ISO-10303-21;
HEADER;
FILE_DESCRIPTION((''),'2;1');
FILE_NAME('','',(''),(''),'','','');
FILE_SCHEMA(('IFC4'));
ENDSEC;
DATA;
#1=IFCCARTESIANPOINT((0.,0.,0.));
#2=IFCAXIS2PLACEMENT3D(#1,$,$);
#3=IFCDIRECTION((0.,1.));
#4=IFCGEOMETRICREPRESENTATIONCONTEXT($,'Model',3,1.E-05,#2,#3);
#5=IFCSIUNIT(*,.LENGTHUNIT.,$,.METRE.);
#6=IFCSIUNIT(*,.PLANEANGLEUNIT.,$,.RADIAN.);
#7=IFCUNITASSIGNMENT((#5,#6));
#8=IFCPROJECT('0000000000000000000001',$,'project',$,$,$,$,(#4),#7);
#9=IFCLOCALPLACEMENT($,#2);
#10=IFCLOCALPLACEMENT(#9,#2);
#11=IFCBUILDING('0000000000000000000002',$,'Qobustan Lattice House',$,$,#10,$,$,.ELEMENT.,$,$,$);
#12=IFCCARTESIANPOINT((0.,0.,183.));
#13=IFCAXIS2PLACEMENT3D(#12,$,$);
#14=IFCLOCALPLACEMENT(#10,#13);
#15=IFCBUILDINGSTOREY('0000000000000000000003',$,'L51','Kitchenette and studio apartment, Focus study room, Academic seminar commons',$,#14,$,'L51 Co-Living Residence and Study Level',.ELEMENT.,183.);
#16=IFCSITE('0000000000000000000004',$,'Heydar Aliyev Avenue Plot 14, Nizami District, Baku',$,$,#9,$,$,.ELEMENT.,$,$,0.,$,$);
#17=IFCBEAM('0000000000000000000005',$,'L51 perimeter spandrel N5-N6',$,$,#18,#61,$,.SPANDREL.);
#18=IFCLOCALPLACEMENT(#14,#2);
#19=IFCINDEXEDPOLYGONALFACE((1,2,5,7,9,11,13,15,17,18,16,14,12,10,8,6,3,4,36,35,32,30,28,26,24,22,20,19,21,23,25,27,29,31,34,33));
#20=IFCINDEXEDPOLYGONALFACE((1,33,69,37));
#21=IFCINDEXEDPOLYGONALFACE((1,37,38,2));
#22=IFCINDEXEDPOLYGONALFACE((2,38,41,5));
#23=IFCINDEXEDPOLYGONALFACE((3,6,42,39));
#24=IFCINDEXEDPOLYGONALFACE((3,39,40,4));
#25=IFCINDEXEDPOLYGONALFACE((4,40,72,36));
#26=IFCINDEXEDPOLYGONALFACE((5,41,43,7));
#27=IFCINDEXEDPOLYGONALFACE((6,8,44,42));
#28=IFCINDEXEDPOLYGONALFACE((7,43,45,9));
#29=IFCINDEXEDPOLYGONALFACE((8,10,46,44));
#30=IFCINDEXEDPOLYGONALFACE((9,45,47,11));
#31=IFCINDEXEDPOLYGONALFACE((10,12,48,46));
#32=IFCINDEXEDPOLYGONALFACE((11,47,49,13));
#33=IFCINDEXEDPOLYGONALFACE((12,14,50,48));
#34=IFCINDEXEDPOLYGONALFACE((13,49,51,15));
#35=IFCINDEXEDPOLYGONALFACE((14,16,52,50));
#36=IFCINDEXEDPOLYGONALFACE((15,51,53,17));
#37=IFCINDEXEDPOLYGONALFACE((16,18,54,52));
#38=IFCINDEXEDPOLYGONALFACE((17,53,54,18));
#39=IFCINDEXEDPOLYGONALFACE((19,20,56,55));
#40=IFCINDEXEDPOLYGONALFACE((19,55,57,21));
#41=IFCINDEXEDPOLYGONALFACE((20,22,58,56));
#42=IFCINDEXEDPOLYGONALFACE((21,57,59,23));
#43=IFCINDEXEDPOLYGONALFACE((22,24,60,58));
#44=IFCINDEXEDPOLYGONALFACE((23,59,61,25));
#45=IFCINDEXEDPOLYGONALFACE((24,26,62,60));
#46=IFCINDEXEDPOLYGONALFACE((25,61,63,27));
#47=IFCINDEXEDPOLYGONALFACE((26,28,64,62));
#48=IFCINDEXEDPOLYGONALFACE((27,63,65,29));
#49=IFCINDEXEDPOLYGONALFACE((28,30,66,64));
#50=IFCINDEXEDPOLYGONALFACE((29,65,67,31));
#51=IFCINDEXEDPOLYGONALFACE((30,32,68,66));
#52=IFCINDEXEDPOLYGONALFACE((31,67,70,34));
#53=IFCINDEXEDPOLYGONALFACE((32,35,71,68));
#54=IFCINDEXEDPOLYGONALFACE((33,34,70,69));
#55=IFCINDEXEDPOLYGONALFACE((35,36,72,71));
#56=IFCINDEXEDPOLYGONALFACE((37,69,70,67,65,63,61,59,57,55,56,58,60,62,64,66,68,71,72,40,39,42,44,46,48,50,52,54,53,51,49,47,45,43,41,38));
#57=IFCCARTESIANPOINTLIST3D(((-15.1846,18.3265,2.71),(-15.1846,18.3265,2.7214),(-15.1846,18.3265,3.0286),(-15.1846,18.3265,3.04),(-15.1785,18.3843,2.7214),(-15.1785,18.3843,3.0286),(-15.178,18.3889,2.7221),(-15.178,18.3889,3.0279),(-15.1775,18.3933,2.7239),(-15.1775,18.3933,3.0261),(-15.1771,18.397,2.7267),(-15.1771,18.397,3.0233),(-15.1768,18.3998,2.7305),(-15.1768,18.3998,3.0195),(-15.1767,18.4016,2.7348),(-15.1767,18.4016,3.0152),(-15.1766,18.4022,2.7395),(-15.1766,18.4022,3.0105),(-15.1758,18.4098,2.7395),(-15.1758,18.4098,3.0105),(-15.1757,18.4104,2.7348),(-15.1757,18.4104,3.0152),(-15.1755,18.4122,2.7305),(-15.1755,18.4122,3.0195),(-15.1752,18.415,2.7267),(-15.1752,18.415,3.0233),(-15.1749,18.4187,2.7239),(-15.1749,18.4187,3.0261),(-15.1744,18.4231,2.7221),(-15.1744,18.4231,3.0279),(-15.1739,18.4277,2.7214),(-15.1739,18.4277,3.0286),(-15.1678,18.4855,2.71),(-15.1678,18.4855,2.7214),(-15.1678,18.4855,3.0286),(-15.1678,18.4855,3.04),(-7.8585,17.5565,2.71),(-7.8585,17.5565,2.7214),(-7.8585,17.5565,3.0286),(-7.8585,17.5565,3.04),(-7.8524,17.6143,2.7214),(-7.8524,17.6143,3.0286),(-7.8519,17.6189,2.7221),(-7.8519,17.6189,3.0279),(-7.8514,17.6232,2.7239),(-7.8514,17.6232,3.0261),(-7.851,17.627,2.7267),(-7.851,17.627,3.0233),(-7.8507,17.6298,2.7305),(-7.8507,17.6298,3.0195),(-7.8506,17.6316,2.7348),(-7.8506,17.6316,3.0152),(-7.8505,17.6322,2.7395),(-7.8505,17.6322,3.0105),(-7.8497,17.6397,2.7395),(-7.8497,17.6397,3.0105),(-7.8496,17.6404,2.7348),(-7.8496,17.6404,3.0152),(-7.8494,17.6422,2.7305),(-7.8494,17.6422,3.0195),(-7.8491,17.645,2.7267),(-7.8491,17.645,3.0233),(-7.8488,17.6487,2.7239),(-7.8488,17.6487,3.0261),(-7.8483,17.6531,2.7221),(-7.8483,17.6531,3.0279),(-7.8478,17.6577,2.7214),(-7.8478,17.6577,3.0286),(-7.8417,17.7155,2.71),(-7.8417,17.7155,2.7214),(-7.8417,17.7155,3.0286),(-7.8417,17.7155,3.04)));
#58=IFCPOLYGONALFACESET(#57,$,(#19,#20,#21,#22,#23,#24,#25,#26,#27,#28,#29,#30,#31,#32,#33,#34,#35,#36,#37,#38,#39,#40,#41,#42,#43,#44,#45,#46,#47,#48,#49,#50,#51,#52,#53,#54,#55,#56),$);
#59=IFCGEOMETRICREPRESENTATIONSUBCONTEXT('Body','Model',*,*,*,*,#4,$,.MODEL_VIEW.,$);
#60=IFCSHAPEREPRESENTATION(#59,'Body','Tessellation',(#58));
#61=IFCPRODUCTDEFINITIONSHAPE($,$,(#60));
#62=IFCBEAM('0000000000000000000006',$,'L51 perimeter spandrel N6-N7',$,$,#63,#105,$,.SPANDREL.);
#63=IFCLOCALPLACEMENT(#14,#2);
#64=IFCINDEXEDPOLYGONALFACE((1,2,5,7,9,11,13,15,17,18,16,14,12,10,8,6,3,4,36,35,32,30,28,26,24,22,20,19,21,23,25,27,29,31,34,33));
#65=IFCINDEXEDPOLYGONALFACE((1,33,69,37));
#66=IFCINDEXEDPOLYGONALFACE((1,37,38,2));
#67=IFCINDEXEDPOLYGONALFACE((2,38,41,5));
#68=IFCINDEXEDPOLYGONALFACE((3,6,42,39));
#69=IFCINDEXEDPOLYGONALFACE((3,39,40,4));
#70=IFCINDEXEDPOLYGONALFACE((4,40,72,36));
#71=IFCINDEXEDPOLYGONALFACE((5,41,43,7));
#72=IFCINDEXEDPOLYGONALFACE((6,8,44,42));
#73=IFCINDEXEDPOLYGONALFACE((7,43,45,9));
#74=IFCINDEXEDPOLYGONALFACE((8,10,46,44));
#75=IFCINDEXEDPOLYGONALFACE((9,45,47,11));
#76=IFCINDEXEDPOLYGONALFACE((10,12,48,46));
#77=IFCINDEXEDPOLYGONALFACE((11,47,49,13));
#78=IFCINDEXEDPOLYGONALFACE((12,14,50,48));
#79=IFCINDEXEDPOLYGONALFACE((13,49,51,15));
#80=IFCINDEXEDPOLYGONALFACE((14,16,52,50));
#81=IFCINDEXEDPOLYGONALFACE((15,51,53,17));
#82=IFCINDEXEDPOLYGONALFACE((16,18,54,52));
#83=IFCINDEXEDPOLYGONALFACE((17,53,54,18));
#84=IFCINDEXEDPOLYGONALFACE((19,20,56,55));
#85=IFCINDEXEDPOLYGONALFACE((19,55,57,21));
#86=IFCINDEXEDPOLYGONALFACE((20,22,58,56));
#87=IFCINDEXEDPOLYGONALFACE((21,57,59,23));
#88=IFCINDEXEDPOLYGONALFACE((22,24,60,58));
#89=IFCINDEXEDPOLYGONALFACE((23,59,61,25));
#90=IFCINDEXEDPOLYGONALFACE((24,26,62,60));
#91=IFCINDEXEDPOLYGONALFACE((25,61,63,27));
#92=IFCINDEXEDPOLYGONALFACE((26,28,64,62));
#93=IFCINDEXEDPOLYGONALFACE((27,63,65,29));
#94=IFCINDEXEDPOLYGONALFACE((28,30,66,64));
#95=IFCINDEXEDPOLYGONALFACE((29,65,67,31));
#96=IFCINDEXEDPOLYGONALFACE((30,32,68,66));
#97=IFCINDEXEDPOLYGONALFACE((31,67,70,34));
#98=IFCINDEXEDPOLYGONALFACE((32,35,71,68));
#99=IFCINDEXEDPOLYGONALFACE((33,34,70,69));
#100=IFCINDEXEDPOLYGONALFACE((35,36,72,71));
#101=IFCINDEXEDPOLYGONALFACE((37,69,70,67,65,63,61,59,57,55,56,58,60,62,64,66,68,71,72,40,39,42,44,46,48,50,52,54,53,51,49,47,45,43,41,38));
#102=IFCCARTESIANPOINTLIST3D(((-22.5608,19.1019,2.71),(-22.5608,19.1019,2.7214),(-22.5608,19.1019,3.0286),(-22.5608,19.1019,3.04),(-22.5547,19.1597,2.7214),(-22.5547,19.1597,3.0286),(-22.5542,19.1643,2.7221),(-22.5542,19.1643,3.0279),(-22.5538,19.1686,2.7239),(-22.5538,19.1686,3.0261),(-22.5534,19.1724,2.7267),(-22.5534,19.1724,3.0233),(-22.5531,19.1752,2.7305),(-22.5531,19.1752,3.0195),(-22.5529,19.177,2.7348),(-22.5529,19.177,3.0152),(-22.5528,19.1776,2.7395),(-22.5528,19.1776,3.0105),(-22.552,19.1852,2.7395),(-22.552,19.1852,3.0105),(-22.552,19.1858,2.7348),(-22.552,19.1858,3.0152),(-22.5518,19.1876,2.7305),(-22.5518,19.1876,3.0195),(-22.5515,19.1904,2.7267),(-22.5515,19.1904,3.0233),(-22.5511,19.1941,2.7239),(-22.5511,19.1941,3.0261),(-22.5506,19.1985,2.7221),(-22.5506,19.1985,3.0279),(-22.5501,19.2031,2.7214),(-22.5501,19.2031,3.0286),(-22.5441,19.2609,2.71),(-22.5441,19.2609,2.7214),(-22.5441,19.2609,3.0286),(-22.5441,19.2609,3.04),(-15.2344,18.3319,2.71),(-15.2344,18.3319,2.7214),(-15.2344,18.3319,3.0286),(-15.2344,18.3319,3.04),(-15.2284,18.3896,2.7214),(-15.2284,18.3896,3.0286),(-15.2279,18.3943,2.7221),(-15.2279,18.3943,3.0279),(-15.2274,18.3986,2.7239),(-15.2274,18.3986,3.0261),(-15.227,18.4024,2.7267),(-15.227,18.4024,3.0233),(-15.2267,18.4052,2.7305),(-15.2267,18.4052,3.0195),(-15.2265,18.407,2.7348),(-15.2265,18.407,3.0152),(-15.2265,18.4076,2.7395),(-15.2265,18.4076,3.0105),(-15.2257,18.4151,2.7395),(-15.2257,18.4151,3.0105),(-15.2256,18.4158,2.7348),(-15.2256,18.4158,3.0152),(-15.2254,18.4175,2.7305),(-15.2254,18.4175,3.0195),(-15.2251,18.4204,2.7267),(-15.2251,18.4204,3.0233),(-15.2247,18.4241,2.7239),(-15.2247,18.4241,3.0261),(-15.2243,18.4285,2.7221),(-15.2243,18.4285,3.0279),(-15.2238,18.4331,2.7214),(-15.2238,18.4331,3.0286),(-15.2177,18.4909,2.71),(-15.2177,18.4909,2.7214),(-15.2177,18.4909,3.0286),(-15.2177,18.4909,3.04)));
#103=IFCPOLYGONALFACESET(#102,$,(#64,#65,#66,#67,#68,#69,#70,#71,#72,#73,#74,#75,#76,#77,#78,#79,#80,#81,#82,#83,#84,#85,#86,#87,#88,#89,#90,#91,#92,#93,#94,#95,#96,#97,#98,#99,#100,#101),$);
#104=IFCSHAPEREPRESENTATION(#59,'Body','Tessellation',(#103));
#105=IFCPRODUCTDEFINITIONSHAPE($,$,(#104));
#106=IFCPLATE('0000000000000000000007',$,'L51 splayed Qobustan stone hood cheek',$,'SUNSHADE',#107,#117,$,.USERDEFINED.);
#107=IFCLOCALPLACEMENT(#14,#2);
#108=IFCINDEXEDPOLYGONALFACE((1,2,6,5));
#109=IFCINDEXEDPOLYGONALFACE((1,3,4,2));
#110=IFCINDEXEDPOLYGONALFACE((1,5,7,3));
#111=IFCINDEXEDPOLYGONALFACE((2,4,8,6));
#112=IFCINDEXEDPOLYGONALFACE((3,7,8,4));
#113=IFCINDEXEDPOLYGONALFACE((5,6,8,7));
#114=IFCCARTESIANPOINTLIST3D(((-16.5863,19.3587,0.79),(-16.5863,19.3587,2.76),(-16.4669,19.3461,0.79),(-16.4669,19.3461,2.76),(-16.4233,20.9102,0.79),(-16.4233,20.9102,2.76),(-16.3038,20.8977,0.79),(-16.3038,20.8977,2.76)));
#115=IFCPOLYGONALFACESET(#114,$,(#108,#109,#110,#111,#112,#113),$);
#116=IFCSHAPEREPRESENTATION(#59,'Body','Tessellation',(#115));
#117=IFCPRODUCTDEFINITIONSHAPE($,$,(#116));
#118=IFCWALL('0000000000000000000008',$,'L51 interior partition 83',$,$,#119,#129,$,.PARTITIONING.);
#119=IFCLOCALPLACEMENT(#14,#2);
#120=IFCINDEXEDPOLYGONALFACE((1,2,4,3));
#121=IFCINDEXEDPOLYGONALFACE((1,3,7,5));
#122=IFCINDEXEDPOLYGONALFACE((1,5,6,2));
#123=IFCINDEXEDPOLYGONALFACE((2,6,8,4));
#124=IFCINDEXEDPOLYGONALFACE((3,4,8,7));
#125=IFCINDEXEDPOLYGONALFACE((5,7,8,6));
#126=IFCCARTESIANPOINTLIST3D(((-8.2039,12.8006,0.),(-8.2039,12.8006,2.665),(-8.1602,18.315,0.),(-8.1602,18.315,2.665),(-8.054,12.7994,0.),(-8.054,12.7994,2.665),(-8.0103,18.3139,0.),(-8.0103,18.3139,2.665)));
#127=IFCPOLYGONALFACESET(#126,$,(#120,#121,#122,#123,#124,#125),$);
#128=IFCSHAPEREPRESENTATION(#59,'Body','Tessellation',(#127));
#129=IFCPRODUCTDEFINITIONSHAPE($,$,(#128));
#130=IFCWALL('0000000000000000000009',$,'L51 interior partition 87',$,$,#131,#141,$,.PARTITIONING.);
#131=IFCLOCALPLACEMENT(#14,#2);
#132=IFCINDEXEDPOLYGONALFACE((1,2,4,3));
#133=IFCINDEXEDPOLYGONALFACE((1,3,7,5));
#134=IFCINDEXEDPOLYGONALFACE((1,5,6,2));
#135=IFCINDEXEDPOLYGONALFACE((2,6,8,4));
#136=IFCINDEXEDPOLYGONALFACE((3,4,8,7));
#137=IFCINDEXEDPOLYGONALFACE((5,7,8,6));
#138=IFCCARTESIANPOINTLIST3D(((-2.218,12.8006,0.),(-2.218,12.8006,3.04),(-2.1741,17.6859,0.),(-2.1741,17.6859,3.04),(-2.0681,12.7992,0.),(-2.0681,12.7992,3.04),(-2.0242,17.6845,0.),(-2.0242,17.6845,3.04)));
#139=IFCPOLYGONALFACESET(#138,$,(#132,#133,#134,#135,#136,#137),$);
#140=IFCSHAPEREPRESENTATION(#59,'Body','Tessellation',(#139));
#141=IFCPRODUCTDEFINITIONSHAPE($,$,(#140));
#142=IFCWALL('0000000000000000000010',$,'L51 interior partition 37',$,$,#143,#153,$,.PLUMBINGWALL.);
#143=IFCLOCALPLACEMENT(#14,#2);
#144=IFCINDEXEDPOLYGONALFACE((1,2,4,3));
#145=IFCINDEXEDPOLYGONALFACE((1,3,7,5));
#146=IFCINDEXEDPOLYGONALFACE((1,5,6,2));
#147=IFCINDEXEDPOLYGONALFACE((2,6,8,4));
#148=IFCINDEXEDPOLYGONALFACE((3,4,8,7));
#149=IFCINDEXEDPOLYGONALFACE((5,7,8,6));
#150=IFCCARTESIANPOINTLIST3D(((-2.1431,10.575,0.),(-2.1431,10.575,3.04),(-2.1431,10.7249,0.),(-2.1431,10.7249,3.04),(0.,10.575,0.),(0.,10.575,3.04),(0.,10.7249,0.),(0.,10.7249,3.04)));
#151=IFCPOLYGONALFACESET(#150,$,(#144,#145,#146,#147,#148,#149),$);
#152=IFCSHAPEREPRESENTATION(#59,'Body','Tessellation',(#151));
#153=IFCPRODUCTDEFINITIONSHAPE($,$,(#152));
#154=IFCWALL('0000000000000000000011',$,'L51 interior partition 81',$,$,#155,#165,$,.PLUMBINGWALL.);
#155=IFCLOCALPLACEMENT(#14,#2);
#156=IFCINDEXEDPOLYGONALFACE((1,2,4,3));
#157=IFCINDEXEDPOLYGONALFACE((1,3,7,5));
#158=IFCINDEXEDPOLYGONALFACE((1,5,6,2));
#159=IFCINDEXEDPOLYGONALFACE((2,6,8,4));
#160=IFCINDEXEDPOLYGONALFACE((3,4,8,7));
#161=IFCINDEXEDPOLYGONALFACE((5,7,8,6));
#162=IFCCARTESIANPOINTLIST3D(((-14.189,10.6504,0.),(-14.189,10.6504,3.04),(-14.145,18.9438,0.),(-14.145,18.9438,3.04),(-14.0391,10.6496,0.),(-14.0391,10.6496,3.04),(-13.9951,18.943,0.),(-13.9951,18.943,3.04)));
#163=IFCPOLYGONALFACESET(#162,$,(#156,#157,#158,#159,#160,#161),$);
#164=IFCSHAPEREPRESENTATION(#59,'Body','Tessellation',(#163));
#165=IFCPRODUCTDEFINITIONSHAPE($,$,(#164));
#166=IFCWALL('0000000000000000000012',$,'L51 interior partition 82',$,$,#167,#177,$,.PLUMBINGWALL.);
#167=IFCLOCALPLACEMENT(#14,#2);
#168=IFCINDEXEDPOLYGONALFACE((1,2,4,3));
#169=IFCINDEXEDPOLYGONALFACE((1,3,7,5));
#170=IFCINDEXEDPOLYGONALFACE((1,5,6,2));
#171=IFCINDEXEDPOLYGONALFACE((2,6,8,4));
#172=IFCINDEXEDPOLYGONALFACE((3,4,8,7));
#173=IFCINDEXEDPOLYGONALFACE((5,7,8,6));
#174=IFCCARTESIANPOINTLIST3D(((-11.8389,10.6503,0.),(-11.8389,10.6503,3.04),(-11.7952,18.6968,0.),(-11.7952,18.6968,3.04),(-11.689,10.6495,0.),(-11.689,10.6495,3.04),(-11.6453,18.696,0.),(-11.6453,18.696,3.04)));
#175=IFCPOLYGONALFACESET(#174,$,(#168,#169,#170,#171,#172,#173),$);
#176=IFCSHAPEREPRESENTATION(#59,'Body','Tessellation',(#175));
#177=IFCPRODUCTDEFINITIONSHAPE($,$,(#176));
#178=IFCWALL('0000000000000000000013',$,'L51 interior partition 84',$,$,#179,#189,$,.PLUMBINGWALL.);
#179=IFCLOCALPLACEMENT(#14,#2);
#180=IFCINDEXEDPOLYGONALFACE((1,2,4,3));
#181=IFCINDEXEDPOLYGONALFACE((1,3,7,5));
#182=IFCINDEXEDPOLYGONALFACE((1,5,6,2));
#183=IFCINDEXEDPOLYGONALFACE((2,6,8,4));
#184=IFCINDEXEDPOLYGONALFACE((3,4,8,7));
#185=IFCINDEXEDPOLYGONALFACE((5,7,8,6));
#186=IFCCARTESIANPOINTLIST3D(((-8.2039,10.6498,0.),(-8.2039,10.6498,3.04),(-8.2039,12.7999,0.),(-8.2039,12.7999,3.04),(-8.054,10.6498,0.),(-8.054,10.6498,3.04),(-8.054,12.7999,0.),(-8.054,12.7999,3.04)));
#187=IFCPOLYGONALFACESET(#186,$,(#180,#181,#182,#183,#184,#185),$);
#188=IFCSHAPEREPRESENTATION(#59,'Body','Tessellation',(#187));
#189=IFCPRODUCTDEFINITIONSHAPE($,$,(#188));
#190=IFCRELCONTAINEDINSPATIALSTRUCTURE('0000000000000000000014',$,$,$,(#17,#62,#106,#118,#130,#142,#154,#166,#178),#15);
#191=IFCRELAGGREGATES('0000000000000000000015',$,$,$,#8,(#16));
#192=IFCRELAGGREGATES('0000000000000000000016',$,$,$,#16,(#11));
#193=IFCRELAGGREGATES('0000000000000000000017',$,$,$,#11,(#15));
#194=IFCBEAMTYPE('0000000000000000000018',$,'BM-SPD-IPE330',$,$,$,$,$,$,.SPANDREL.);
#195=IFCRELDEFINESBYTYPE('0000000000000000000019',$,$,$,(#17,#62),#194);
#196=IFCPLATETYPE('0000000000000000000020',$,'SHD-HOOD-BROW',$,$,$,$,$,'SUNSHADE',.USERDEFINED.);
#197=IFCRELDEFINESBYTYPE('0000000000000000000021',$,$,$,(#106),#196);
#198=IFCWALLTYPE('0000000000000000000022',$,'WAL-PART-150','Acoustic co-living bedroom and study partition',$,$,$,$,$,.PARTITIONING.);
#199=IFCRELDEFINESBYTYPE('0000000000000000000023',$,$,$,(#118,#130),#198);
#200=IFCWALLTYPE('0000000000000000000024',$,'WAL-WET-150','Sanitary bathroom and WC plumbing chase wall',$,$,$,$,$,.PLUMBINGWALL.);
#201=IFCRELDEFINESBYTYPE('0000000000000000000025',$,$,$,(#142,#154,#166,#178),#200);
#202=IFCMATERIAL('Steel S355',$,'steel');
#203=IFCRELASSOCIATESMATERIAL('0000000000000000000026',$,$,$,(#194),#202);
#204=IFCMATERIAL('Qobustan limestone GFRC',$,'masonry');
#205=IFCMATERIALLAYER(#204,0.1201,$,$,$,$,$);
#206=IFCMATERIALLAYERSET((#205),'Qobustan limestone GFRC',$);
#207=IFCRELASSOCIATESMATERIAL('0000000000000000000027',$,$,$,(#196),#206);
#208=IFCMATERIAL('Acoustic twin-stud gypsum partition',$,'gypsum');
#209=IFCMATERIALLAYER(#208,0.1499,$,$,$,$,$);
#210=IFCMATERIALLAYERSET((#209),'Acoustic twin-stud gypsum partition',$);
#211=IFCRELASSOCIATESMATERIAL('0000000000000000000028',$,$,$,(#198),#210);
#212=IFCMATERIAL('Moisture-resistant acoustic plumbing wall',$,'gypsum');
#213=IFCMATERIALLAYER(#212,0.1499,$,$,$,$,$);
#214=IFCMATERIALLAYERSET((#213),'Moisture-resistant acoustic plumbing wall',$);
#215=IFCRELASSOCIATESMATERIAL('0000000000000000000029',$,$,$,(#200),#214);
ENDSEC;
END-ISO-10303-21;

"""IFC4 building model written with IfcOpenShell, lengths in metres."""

from ifc_helpers import new_model, si_unit, direction, frame, frame_2d, origin, origin_2d, place, context, subcontext, project, spatial, rectangle, i_section, extrude, material, layer, layer_set, material_profile, profile_set, type_object, element, save


model = new_model("IFC4")

# Units and contexts
model_context = context("Model", 3, precision=1e-05, world=origin(), true_north=direction((0.0, 1.0)))
body_context = subcontext(model_context, "Body", "Model", "MODEL_VIEW")
ifc_project = project(units=[si_unit("LENGTHUNIT", "METRE"), si_unit("PLANEANGLEUNIT", "RADIAN")], contexts=[model_context])

# Site, building, storey
site_placement = place(None, origin())
site = spatial("IfcSite", under=ifc_project, at=site_placement, Name="Heydar Aliyev Avenue Plot 14, Nizami District, Baku", CompositionType="ELEMENT", RefElevation=0.0)
building_placement = place(site_placement, origin())
building = spatial("IfcBuilding", under=site, at=building_placement, Name="Qobustan Lattice House", CompositionType="ELEMENT")
storey_placement = place(building_placement, frame((0.0, 0.0, 183.0)))
storey = spatial("IfcBuildingStorey", under=building, at=storey_placement, Name="L51", Description="Kitchenette and studio apartment, Focus study room, Academic seminar commons", LongName="L51 Co-Living Residence and Study Level", CompositionType="ELEMENT", Elevation=183.0)

# Beams
ifc_material_1 = material(Name="Steel S355", Category="steel")
ifc_material_profile_1 = material_profile(ifc_material_1, i_section(OverallWidth=0.1599, OverallDepth=0.3301, WebThickness=0.0076, FlangeThickness=0.0115, FilletRadius=0.0181, at=origin_2d()), Name="IPE330")
ifc_profile_set_1 = profile_set([ifc_material_profile_1], Name="Steel S355")
beam_type_1 = type_object("IfcBeamType", Name="BM-SPD-IPE330", PredefinedType="SPANDREL", material=ifc_profile_set_1)
beam_1_placement = place(storey_placement, frame((-7.8501, 17.636, 2.875), z_axis=(-0.994522, 0.10453, 0.0), x_axis=(-0.10453, -0.994522, 0.0)))
element("IfcBeam", 1, at=beam_1_placement, inside=storey, type_object=beam_type_1, Name="L51 perimeter spandrel N5-N6", PredefinedType="SPANDREL", context=body_context, shape_type="SweptSolid", body=[
    extrude(i_section(OverallWidth=0.1599, OverallDepth=0.3301, WebThickness=0.0076, FlangeThickness=0.0115, FilletRadius=0.0181, at=origin_2d()), origin(), (0.0, 0.0, 1.0), 7.3665),
])
beam_2_placement = place(storey_placement, frame((-15.2261, 18.4114, 2.875), z_axis=(-0.994522, 0.104526, 0.0), x_axis=(-0.104526, -0.994522, 0.0)))
element("IfcBeam", 2, at=beam_2_placement, inside=storey, type_object=beam_type_1, Name="L51 perimeter spandrel N6-N7", PredefinedType="SPANDREL", context=body_context, shape_type="SweptSolid", body=[
    extrude(i_section(OverallWidth=0.1599, OverallDepth=0.3301, WebThickness=0.0076, FlangeThickness=0.0115, FilletRadius=0.0181, at=origin_2d()), origin(), (0.0, 0.0, 1.0), 7.3667),
])

# Plate
ifc_material_2 = material(Name="Qobustan limestone GFRC", Category="masonry")
ifc_layer_1 = layer(ifc_material_2, 0.1201)
ifc_layer_set_1 = layer_set([ifc_layer_1], Name="Qobustan limestone GFRC")
plate_type = type_object("IfcPlateType", Name="SHD-HOOD-BROW", ElementType="SUNSHADE", PredefinedType="USERDEFINED", material=ifc_layer_set_1)
plate_placement = place(storey_placement, frame((-16.4451, 20.1282, 0.79), z_axis=(0.0, 0.0, 1.0), x_axis=(0.994522, -0.104528, 0.0)))
element("IfcPlate", 3, at=plate_placement, inside=storey, type_object=plate_type, Name="L51 splayed Qobustan stone hood cheek", ObjectType="SUNSHADE", PredefinedType="USERDEFINED", context=body_context, shape_type="SweptSolid", body=[
    extrude(rectangle(XDim=0.1201, YDim=1.5601, at=origin_2d()), origin(), (0.0, 0.0, 1.0), 1.97),
])

# Walls
ifc_material_3 = material(Name="Acoustic twin-stud gypsum partition", Category="gypsum")
ifc_layer_2 = layer(ifc_material_3, 0.1499)
ifc_layer_set_2 = layer_set([ifc_layer_2], Name="Acoustic twin-stud gypsum partition")
wall_type_1 = type_object("IfcWallType", Name="WAL-PART-150", Description="Acoustic co-living bedroom and study partition", PredefinedType="PARTITIONING", material=ifc_layer_set_2)
wall_1_placement = place(storey_placement, frame((-8.0852, 18.3145, 0.0), z_axis=(0.0, 0.0, 1.0), x_axis=(-0.007925, -0.999969, 0.0)))
element("IfcWall", 4, at=wall_1_placement, inside=storey, type_object=wall_type_1, Name="L51 interior partition 83", PredefinedType="PARTITIONING", context=body_context, shape_type="SweptSolid", body=[
    extrude(rectangle(XDim=5.5146, YDim=0.1499, at=frame_2d((2.7573, 0.0))), origin(), (0.0, 0.0, 1.0), 2.665),
])
wall_2_placement = place(storey_placement, frame((-2.0991, 17.6853, 0.0), z_axis=(0.0, 0.0, 1.0), x_axis=(-0.008995, -0.99996, 0.0)))
element("IfcWall", 5, at=wall_2_placement, inside=storey, type_object=wall_type_1, Name="L51 interior partition 87", PredefinedType="PARTITIONING", context=body_context, shape_type="SweptSolid", body=[
    extrude(rectangle(XDim=4.8855, YDim=0.1499, at=frame_2d((2.4429, 0.0))), origin(), (0.0, 0.0, 1.0), 3.04),
])
ifc_material_4 = material(Name="Moisture-resistant acoustic plumbing wall", Category="gypsum")
ifc_layer_3 = layer(ifc_material_4, 0.1499)
ifc_layer_set_3 = layer_set([ifc_layer_3], Name="Moisture-resistant acoustic plumbing wall")
wall_type_2 = type_object("IfcWallType", Name="WAL-WET-150", Description="Sanitary bathroom and WC plumbing chase wall", PredefinedType="PLUMBINGWALL", material=ifc_layer_set_3)
wall_3_placement = place(storey_placement, frame((-2.1431, 10.6499, 0.0), z_axis=(0.0, 0.0, 1.0), x_axis=(1.0, 0.0, 0.0)))
element("IfcWall", 6, at=wall_3_placement, inside=storey, type_object=wall_type_2, Name="L51 interior partition 37", PredefinedType="PLUMBINGWALL", context=body_context, shape_type="SweptSolid", body=[
    extrude(rectangle(XDim=2.1431, YDim=0.1499, at=frame_2d((1.0715, 0.0))), origin(), (0.0, 0.0, 1.0), 3.04),
])
wall_4_placement = place(storey_placement, frame((-14.0701, 18.9434, 0.0), z_axis=(0.0, 0.0, 1.0), x_axis=(-0.005299, -0.999986, 0.0)))
element("IfcWall", 7, at=wall_4_placement, inside=storey, type_object=wall_type_2, Name="L51 interior partition 81", PredefinedType="PLUMBINGWALL", context=body_context, shape_type="SweptSolid", body=[
    extrude(rectangle(XDim=8.2935, YDim=0.1499, at=frame_2d((4.1467, 0.0))), origin(), (0.0, 0.0, 1.0), 3.04),
])
wall_5_placement = place(storey_placement, frame((-11.7202, 18.6965, 0.0), z_axis=(0.0, 0.0, 1.0), x_axis=(-0.005431, -0.999985, 0.0)))
element("IfcWall", 8, at=wall_5_placement, inside=storey, type_object=wall_type_2, Name="L51 interior partition 82", PredefinedType="PLUMBINGWALL", context=body_context, shape_type="SweptSolid", body=[
    extrude(rectangle(XDim=8.0466, YDim=0.1499, at=frame_2d((4.0234, 0.0))), origin(), (0.0, 0.0, 1.0), 3.04),
])
wall_6_placement = place(storey_placement, frame((-8.1289, 12.8, 0.0), z_axis=(0.0, 0.0, 1.0), x_axis=(0.0, -1.0, 0.0)))
element("IfcWall", 9, at=wall_6_placement, inside=storey, type_object=wall_type_2, Name="L51 interior partition 84", PredefinedType="PLUMBINGWALL", context=body_context, shape_type="SweptSolid", body=[
    extrude(rectangle(XDim=2.1501, YDim=0.1499, at=frame_2d((1.0752, 0.0))), origin(), (0.0, 0.0, 1.0), 3.04),
])

save(model, "model.ifc")
